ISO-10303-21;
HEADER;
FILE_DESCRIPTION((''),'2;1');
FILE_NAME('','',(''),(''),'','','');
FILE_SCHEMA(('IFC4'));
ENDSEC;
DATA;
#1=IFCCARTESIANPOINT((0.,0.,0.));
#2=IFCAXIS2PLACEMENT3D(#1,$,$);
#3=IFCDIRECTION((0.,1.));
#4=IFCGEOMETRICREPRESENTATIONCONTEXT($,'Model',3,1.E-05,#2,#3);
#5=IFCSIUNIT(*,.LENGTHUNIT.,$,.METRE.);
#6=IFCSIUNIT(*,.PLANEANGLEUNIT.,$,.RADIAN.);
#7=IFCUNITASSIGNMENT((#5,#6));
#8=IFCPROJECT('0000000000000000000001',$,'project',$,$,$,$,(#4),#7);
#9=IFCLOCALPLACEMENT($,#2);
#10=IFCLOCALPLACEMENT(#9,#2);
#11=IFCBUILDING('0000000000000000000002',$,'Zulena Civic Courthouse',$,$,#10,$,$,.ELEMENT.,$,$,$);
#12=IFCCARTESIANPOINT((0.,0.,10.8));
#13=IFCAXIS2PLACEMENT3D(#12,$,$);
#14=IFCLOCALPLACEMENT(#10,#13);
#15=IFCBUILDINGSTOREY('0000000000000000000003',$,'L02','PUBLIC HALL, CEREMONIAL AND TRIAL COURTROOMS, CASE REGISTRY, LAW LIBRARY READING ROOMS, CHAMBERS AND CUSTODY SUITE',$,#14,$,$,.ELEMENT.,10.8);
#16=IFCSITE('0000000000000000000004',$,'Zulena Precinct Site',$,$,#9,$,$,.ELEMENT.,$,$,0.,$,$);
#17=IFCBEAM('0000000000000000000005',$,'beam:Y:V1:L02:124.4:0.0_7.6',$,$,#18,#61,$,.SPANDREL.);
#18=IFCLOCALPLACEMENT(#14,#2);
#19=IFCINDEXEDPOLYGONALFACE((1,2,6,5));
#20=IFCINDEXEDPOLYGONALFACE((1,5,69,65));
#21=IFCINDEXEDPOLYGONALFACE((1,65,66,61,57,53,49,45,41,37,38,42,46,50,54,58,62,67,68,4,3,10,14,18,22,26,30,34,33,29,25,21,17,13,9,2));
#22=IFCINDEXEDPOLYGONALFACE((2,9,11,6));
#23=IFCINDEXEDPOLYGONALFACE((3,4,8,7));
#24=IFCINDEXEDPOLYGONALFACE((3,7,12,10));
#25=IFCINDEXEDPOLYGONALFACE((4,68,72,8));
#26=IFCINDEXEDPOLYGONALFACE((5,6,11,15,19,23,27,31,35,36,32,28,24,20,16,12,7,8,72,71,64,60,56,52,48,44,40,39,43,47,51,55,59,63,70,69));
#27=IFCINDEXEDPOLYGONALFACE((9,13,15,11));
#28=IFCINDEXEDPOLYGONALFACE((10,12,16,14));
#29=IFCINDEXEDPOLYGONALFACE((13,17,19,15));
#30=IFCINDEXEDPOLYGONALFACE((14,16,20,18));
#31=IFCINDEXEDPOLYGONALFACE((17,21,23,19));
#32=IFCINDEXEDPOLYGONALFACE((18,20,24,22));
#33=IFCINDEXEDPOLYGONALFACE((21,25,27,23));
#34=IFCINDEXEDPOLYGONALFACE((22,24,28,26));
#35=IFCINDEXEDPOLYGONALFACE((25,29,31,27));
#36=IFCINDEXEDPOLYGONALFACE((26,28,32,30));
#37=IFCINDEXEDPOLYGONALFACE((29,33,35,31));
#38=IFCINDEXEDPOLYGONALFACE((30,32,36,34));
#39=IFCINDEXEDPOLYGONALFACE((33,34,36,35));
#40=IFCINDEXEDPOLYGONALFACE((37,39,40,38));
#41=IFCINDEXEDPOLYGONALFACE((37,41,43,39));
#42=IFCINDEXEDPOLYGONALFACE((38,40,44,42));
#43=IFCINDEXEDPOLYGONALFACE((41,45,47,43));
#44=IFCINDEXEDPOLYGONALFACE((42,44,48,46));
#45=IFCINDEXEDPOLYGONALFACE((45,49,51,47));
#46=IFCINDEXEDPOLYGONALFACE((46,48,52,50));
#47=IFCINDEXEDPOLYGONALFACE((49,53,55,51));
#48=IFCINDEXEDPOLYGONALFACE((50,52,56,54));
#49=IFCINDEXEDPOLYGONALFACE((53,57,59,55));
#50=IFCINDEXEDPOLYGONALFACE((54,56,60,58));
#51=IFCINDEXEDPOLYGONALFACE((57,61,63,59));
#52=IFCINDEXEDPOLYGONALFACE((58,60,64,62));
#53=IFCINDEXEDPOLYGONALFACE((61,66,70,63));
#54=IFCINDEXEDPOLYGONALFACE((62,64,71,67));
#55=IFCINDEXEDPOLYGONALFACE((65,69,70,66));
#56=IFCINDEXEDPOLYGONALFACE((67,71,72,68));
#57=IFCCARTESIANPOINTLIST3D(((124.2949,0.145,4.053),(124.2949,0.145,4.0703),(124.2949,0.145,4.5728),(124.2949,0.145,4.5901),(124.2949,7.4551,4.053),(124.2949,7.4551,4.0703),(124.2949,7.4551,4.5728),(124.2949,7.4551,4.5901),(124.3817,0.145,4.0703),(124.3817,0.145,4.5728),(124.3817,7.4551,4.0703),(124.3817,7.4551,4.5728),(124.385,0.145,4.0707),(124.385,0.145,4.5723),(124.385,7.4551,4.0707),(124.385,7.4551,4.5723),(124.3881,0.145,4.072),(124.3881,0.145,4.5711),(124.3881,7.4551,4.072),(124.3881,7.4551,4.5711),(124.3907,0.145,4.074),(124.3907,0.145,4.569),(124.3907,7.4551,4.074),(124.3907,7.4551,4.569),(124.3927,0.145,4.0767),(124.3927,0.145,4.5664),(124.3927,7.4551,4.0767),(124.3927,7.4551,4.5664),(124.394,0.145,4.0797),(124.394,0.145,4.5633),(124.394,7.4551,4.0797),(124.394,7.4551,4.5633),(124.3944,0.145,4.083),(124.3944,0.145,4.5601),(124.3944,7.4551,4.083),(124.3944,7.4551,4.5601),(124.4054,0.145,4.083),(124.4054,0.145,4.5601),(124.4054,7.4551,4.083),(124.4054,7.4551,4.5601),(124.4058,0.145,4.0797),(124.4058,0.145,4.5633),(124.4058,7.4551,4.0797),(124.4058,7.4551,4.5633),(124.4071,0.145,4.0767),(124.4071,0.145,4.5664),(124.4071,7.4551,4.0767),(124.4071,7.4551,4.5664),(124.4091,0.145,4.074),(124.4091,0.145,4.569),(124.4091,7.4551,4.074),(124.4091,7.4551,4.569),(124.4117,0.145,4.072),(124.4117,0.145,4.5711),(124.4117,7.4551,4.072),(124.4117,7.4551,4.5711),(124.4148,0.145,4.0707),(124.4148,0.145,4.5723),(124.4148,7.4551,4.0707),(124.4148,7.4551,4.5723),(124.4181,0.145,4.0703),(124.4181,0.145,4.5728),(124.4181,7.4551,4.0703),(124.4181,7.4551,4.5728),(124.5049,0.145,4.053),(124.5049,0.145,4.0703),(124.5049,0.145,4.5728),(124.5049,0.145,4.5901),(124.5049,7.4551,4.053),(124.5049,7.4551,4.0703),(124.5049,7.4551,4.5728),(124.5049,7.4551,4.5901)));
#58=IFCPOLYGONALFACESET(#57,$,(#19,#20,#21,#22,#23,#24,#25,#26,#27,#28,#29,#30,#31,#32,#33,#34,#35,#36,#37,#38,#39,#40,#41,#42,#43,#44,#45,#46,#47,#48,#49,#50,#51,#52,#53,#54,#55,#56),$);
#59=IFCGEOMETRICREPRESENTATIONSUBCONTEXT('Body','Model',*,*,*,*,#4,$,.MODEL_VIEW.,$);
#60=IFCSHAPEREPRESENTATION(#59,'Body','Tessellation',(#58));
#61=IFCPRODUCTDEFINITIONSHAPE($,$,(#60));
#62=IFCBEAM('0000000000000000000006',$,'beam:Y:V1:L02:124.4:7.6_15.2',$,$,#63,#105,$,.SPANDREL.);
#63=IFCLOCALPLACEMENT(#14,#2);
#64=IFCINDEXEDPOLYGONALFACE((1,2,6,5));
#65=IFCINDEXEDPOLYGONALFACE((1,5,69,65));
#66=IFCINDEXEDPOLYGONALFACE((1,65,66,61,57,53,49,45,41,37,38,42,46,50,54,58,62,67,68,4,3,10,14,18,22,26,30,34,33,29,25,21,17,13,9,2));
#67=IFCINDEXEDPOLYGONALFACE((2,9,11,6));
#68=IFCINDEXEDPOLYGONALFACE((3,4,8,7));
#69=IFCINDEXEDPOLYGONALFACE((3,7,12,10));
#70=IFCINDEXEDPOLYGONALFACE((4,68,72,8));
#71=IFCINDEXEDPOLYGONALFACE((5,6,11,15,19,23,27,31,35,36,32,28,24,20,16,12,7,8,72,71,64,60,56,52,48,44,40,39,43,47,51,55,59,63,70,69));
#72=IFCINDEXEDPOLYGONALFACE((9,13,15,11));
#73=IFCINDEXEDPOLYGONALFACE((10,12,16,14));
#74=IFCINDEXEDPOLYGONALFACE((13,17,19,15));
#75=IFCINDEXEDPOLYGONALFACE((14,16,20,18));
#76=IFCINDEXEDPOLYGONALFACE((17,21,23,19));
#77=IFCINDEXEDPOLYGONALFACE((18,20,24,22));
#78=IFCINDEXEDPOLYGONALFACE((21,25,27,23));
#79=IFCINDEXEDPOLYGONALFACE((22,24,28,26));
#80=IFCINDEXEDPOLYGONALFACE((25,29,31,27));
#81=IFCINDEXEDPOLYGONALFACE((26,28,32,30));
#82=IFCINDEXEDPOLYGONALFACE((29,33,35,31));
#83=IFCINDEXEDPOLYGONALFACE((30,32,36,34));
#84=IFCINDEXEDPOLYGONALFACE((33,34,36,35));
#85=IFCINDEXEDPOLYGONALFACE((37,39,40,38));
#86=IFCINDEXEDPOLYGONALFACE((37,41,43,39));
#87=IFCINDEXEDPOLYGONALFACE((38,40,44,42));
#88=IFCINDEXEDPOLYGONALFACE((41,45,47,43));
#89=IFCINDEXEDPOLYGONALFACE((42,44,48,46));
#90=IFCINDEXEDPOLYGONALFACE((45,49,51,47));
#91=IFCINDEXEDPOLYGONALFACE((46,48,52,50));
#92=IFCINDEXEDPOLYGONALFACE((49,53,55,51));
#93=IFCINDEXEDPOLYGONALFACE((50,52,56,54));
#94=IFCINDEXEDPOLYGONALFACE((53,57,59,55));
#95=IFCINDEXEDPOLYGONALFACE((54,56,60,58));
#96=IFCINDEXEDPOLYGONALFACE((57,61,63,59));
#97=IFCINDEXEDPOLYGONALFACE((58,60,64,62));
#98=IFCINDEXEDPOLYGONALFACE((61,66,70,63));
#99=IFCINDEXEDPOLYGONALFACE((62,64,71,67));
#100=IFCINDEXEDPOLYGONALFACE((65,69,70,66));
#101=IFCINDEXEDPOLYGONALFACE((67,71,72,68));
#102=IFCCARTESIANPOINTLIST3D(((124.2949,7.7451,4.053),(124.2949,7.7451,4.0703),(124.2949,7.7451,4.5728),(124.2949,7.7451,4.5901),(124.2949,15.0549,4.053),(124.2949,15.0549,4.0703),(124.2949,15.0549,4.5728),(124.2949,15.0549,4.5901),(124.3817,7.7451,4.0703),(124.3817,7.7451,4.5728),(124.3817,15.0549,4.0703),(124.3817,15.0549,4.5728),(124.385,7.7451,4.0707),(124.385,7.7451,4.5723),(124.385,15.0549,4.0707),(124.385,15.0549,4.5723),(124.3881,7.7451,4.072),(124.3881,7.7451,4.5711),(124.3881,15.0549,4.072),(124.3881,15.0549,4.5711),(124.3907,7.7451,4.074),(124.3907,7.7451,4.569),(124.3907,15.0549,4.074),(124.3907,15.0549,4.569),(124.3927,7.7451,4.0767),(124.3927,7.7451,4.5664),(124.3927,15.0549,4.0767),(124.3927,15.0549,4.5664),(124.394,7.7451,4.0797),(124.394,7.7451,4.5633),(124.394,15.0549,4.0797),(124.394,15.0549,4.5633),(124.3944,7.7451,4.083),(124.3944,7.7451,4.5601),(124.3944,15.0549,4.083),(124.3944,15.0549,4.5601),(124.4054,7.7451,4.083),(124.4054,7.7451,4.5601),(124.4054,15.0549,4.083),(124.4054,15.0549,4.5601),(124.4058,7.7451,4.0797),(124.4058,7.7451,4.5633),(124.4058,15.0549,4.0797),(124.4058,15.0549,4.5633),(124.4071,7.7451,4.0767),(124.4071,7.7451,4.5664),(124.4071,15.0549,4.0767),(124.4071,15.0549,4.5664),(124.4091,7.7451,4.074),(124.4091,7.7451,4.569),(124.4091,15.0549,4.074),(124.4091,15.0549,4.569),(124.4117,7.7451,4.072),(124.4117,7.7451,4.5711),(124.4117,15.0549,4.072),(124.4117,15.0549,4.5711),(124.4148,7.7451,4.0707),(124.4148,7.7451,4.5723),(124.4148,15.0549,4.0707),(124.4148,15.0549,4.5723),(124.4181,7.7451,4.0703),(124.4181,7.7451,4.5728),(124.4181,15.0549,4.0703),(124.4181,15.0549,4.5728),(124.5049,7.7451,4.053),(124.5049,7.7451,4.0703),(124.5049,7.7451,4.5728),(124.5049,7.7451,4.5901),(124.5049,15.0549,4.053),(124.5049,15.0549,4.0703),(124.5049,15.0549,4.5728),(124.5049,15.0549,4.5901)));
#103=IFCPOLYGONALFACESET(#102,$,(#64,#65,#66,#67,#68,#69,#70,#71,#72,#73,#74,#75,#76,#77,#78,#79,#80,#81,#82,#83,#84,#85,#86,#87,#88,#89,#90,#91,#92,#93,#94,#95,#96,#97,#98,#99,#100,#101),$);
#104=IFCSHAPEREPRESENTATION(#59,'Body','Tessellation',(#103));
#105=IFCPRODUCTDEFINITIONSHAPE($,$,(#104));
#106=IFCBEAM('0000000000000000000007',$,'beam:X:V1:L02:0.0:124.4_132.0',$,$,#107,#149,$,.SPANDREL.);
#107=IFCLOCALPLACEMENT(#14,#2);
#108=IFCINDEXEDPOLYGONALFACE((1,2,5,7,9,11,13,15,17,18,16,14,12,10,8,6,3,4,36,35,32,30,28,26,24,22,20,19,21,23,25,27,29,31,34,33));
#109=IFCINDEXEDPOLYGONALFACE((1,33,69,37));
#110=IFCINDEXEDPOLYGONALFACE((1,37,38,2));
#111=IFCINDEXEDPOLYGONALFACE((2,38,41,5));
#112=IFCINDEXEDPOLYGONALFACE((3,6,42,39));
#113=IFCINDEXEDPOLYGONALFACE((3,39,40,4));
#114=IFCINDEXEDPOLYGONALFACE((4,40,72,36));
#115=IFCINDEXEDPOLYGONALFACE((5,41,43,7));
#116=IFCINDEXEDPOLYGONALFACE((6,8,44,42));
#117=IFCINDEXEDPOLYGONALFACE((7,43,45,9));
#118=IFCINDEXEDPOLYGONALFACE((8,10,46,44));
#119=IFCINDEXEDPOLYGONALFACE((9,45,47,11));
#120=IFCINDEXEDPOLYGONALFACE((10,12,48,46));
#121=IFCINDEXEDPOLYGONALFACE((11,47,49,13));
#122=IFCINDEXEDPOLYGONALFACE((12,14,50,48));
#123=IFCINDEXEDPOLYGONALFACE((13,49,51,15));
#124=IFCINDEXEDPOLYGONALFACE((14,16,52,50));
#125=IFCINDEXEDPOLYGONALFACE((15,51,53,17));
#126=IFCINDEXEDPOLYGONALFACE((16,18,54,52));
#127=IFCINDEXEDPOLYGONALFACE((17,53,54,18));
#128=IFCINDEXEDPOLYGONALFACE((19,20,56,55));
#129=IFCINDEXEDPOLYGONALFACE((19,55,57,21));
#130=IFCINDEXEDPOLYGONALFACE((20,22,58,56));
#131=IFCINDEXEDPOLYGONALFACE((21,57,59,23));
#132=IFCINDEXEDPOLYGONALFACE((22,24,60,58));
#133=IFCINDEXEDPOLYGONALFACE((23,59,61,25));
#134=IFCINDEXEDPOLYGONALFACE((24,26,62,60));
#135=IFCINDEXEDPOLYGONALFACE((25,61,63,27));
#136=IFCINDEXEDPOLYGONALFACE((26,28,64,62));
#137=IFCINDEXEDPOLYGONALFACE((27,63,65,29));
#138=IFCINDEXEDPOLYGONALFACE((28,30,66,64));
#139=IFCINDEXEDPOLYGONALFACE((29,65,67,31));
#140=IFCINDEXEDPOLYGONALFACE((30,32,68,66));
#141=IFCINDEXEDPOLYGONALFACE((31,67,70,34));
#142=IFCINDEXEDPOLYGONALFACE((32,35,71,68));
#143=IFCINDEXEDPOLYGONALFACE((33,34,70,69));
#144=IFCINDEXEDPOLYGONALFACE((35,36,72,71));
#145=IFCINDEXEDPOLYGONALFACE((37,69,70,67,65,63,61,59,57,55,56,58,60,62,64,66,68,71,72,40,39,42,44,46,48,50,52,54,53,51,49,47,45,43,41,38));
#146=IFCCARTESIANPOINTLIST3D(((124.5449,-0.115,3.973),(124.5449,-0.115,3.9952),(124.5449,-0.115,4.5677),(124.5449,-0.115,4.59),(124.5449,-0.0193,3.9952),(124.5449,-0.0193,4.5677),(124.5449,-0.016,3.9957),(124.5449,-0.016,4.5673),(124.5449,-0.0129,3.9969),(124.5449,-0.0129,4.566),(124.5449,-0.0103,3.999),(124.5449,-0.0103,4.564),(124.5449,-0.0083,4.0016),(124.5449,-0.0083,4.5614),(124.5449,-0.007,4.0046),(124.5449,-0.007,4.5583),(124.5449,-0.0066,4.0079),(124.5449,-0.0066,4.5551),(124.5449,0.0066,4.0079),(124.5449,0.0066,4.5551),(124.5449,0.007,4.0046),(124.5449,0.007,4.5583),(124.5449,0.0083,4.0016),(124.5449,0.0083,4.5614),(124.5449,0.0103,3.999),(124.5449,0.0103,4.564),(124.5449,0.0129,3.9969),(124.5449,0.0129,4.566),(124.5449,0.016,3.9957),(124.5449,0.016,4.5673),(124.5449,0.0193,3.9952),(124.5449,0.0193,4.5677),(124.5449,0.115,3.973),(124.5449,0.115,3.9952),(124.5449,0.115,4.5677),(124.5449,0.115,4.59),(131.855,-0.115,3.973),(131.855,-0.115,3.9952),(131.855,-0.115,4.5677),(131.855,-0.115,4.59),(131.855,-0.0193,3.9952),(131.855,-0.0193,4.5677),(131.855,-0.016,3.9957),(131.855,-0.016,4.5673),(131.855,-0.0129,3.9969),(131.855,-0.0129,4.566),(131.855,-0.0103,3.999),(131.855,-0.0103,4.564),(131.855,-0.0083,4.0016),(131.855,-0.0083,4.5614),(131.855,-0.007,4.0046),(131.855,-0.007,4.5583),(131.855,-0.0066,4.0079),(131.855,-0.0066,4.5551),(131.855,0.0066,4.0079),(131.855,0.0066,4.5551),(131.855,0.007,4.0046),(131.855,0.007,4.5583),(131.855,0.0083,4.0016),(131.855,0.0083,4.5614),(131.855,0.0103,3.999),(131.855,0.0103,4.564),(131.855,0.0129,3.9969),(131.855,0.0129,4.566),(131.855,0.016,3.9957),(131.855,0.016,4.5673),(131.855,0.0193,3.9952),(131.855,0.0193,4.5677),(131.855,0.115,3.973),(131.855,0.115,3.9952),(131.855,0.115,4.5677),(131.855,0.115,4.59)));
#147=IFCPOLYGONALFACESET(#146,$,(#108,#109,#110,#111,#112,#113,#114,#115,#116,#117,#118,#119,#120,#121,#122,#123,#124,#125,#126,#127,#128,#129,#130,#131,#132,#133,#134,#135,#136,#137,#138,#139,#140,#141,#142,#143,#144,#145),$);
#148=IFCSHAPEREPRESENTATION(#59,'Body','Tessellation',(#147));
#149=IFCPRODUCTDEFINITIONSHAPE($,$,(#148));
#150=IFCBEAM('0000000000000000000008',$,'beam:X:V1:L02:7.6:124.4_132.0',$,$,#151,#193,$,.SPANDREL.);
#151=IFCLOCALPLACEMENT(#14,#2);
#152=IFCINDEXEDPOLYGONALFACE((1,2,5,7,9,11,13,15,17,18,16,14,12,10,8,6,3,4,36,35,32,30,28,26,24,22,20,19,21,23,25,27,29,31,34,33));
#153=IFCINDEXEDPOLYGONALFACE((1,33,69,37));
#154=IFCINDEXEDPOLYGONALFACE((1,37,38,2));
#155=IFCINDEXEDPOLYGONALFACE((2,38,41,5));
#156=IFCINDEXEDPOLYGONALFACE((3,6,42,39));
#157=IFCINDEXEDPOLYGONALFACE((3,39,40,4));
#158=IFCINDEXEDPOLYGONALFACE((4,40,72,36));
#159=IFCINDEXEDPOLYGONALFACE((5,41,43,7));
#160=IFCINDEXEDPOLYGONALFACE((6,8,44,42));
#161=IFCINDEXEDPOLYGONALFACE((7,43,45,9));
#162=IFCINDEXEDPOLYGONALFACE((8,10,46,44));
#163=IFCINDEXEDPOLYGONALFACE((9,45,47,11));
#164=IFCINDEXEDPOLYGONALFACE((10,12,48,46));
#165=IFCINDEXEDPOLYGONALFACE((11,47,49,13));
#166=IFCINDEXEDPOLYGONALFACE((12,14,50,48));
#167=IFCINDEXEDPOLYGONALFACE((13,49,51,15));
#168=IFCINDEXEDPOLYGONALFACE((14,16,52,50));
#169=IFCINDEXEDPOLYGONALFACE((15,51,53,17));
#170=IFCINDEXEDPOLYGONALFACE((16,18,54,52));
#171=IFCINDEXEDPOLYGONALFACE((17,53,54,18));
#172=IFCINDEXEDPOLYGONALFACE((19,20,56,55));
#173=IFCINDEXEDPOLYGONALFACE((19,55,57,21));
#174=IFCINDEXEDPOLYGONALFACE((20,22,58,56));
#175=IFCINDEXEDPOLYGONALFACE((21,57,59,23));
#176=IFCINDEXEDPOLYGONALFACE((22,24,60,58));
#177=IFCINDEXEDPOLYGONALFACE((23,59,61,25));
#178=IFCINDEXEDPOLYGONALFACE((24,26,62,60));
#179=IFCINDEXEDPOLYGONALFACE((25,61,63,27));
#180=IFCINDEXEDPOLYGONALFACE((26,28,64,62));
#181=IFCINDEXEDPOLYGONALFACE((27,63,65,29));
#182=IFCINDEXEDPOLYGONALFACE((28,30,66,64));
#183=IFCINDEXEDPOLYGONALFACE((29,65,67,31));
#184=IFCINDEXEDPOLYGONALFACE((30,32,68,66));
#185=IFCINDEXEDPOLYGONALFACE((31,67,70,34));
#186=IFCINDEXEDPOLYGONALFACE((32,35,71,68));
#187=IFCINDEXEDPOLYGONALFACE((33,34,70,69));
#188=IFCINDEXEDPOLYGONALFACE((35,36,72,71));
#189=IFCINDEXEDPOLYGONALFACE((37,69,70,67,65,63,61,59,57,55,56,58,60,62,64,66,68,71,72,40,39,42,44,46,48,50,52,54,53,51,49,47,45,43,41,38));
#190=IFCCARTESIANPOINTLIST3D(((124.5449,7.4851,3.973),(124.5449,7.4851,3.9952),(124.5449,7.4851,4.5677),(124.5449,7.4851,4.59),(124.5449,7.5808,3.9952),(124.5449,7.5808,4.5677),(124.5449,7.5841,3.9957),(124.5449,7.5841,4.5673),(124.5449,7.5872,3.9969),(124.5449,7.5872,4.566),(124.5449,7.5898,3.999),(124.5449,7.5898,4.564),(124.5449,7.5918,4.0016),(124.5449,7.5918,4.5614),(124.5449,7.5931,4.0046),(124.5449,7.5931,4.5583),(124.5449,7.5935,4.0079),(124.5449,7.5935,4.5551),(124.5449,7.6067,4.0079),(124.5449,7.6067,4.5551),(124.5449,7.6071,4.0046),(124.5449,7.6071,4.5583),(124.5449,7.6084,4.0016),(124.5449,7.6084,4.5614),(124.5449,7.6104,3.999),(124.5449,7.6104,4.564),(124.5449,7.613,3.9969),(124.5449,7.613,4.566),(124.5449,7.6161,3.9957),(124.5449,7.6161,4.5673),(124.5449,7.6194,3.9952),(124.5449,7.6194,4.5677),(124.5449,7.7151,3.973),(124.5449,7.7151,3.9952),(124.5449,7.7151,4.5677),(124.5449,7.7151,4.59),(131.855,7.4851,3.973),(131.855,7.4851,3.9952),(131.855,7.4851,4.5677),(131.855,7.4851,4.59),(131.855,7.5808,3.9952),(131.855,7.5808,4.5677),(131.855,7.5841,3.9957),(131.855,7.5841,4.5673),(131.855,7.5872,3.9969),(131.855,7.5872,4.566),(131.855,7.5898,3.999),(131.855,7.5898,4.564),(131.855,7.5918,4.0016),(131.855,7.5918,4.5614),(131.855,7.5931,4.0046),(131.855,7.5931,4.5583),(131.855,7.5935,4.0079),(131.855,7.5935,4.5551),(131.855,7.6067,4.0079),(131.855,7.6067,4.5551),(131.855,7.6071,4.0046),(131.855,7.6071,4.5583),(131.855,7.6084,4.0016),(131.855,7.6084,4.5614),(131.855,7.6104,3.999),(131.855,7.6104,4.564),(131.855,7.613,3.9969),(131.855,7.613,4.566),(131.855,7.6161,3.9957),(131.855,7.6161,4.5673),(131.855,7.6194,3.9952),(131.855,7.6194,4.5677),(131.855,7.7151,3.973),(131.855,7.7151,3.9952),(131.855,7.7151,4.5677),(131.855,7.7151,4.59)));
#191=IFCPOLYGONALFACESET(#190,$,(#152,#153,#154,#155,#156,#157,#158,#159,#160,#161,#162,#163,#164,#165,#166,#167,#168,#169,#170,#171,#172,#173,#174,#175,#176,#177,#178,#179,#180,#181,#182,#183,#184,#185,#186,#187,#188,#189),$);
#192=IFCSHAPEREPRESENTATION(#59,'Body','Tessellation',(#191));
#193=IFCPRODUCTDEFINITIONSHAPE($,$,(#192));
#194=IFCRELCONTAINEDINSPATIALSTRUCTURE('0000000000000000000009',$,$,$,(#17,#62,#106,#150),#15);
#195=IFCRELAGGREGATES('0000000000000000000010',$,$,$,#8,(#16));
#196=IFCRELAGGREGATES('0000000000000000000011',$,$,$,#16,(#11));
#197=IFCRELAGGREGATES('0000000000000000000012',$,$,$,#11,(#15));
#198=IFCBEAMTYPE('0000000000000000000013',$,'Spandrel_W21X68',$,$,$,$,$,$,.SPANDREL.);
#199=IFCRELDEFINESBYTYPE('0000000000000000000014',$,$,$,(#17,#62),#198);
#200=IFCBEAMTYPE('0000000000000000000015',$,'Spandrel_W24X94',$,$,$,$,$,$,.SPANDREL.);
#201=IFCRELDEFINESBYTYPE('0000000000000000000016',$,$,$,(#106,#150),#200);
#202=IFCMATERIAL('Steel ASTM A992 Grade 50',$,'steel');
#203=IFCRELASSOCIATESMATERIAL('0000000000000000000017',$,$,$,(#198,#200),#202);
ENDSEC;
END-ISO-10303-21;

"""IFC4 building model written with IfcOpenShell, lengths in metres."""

from ifc_helpers import new_model, si_unit, direction, frame, origin, origin_2d, place, context, subcontext, project, spatial, i_section, extrude, material, material_profile, profile_set, type_object, element, save


model = new_model("IFC4")

# Units and contexts
model_context = context("Model", 3, precision=1e-05, world=origin(), true_north=direction((0.0, 1.0)))
body_context = subcontext(model_context, "Body", "Model", "MODEL_VIEW")
ifc_project = project(units=[si_unit("LENGTHUNIT", "METRE"), si_unit("PLANEANGLEUNIT", "RADIAN")], contexts=[model_context])

# Site, building, storey
site_placement = place(None, origin())
site = spatial("IfcSite", under=ifc_project, at=site_placement, Name="Zulena Precinct Site", CompositionType="ELEMENT", RefElevation=0.0)
building_placement = place(site_placement, origin())
building = spatial("IfcBuilding", under=site, at=building_placement, Name="Zulena Civic Courthouse", CompositionType="ELEMENT")
storey_placement = place(building_placement, frame((0.0, 0.0, 10.8)))
storey = spatial("IfcBuildingStorey", under=building, at=storey_placement, Name="L02", Description="PUBLIC HALL, CEREMONIAL AND TRIAL COURTROOMS, CASE REGISTRY, LAW LIBRARY READING ROOMS, CHAMBERS AND CUSTODY SUITE", CompositionType="ELEMENT", Elevation=10.8)

# Shared definitions
ifc_material_1 = material(Name="Steel ASTM A992 Grade 50", Category="steel")

# Beams
ifc_material_profile_1 = material_profile(ifc_material_1, i_section(OverallWidth=0.21, OverallDepth=0.5371, WebThickness=0.011, FlangeThickness=0.0173, FilletRadius=0.0127, at=origin_2d()), Name="W21X68")
ifc_profile_set_1 = profile_set([ifc_material_profile_1], Name="Steel ASTM A992 Grade 50")
beam_type_1 = type_object("IfcBeamType", Name="Spandrel_W21X68", PredefinedType="SPANDREL", material=ifc_profile_set_1)
beam_1_placement = place(storey_placement, frame((124.3999, 0.145, 4.3215), z_axis=(0.0, 1.0, 0.0), x_axis=(-1.0, 0.0, 0.0)))
element("IfcBeam", 1, at=beam_1_placement, inside=storey, type_object=beam_type_1, Name="beam:Y:V1:L02:124.4:0.0_7.6", PredefinedType="SPANDREL", context=body_context, shape_type="SweptSolid", body=[
    extrude(i_section(OverallWidth=0.21, OverallDepth=0.5371, WebThickness=0.011, FlangeThickness=0.0173, FilletRadius=0.0127, at=origin_2d()), origin(), (0.0, 0.0, 1.0), 7.3101),
])
beam_2_placement = place(storey_placement, frame((124.3999, 7.7451, 4.3215), z_axis=(0.0, 1.0, 0.0), x_axis=(-1.0, 0.0, 0.0)))
element("IfcBeam", 2, at=beam_2_placement, inside=storey, type_object=beam_type_1, Name="beam:Y:V1:L02:124.4:7.6_15.2", PredefinedType="SPANDREL", context=body_context, shape_type="SweptSolid", body=[
    extrude(i_section(OverallWidth=0.21, OverallDepth=0.5371, WebThickness=0.011, FlangeThickness=0.0173, FilletRadius=0.0127, at=origin_2d()), origin(), (0.0, 0.0, 1.0), 7.3098),
])
ifc_material_profile_2 = material_profile(ifc_material_1, i_section(OverallWidth=0.23, OverallDepth=0.6169, WebThickness=0.0132, FlangeThickness=0.0222, FilletRadius=0.0127, at=origin_2d()), Name="W24X94")
ifc_profile_set_2 = profile_set([ifc_material_profile_2], Name="Steel ASTM A992 Grade 50")
beam_type_2 = type_object("IfcBeamType", Name="Spandrel_W24X94", PredefinedType="SPANDREL", material=ifc_profile_set_2)
for number, where, z_axis, x_axis, name in (
    (3, (124.5449, 0.0, 4.2815), (1.0, 0.0, 0.0), (0.0, 1.0, 0.0), "beam:X:V1:L02:0.0:124.4_132.0"),
    (4, (124.5449, 7.6001, 4.2815), (1.0, 0.0, 0.0), (0.0, 1.0, 0.0), "beam:X:V1:L02:7.6:124.4_132.0"),
):
    element("IfcBeam", number, at=place(storey_placement, frame(where, z_axis=z_axis, x_axis=x_axis)), inside=storey, type_object=beam_type_2, Name=name, PredefinedType="SPANDREL", context=body_context, shape_type="SweptSolid", body=[
        extrude(i_section(OverallWidth=0.23, OverallDepth=0.6169, WebThickness=0.0132, FlangeThickness=0.0222, FilletRadius=0.0127, at=origin_2d()), origin(), (0.0, 0.0, 1.0), 7.3101),
    ])

save(model, "model.ifc")
